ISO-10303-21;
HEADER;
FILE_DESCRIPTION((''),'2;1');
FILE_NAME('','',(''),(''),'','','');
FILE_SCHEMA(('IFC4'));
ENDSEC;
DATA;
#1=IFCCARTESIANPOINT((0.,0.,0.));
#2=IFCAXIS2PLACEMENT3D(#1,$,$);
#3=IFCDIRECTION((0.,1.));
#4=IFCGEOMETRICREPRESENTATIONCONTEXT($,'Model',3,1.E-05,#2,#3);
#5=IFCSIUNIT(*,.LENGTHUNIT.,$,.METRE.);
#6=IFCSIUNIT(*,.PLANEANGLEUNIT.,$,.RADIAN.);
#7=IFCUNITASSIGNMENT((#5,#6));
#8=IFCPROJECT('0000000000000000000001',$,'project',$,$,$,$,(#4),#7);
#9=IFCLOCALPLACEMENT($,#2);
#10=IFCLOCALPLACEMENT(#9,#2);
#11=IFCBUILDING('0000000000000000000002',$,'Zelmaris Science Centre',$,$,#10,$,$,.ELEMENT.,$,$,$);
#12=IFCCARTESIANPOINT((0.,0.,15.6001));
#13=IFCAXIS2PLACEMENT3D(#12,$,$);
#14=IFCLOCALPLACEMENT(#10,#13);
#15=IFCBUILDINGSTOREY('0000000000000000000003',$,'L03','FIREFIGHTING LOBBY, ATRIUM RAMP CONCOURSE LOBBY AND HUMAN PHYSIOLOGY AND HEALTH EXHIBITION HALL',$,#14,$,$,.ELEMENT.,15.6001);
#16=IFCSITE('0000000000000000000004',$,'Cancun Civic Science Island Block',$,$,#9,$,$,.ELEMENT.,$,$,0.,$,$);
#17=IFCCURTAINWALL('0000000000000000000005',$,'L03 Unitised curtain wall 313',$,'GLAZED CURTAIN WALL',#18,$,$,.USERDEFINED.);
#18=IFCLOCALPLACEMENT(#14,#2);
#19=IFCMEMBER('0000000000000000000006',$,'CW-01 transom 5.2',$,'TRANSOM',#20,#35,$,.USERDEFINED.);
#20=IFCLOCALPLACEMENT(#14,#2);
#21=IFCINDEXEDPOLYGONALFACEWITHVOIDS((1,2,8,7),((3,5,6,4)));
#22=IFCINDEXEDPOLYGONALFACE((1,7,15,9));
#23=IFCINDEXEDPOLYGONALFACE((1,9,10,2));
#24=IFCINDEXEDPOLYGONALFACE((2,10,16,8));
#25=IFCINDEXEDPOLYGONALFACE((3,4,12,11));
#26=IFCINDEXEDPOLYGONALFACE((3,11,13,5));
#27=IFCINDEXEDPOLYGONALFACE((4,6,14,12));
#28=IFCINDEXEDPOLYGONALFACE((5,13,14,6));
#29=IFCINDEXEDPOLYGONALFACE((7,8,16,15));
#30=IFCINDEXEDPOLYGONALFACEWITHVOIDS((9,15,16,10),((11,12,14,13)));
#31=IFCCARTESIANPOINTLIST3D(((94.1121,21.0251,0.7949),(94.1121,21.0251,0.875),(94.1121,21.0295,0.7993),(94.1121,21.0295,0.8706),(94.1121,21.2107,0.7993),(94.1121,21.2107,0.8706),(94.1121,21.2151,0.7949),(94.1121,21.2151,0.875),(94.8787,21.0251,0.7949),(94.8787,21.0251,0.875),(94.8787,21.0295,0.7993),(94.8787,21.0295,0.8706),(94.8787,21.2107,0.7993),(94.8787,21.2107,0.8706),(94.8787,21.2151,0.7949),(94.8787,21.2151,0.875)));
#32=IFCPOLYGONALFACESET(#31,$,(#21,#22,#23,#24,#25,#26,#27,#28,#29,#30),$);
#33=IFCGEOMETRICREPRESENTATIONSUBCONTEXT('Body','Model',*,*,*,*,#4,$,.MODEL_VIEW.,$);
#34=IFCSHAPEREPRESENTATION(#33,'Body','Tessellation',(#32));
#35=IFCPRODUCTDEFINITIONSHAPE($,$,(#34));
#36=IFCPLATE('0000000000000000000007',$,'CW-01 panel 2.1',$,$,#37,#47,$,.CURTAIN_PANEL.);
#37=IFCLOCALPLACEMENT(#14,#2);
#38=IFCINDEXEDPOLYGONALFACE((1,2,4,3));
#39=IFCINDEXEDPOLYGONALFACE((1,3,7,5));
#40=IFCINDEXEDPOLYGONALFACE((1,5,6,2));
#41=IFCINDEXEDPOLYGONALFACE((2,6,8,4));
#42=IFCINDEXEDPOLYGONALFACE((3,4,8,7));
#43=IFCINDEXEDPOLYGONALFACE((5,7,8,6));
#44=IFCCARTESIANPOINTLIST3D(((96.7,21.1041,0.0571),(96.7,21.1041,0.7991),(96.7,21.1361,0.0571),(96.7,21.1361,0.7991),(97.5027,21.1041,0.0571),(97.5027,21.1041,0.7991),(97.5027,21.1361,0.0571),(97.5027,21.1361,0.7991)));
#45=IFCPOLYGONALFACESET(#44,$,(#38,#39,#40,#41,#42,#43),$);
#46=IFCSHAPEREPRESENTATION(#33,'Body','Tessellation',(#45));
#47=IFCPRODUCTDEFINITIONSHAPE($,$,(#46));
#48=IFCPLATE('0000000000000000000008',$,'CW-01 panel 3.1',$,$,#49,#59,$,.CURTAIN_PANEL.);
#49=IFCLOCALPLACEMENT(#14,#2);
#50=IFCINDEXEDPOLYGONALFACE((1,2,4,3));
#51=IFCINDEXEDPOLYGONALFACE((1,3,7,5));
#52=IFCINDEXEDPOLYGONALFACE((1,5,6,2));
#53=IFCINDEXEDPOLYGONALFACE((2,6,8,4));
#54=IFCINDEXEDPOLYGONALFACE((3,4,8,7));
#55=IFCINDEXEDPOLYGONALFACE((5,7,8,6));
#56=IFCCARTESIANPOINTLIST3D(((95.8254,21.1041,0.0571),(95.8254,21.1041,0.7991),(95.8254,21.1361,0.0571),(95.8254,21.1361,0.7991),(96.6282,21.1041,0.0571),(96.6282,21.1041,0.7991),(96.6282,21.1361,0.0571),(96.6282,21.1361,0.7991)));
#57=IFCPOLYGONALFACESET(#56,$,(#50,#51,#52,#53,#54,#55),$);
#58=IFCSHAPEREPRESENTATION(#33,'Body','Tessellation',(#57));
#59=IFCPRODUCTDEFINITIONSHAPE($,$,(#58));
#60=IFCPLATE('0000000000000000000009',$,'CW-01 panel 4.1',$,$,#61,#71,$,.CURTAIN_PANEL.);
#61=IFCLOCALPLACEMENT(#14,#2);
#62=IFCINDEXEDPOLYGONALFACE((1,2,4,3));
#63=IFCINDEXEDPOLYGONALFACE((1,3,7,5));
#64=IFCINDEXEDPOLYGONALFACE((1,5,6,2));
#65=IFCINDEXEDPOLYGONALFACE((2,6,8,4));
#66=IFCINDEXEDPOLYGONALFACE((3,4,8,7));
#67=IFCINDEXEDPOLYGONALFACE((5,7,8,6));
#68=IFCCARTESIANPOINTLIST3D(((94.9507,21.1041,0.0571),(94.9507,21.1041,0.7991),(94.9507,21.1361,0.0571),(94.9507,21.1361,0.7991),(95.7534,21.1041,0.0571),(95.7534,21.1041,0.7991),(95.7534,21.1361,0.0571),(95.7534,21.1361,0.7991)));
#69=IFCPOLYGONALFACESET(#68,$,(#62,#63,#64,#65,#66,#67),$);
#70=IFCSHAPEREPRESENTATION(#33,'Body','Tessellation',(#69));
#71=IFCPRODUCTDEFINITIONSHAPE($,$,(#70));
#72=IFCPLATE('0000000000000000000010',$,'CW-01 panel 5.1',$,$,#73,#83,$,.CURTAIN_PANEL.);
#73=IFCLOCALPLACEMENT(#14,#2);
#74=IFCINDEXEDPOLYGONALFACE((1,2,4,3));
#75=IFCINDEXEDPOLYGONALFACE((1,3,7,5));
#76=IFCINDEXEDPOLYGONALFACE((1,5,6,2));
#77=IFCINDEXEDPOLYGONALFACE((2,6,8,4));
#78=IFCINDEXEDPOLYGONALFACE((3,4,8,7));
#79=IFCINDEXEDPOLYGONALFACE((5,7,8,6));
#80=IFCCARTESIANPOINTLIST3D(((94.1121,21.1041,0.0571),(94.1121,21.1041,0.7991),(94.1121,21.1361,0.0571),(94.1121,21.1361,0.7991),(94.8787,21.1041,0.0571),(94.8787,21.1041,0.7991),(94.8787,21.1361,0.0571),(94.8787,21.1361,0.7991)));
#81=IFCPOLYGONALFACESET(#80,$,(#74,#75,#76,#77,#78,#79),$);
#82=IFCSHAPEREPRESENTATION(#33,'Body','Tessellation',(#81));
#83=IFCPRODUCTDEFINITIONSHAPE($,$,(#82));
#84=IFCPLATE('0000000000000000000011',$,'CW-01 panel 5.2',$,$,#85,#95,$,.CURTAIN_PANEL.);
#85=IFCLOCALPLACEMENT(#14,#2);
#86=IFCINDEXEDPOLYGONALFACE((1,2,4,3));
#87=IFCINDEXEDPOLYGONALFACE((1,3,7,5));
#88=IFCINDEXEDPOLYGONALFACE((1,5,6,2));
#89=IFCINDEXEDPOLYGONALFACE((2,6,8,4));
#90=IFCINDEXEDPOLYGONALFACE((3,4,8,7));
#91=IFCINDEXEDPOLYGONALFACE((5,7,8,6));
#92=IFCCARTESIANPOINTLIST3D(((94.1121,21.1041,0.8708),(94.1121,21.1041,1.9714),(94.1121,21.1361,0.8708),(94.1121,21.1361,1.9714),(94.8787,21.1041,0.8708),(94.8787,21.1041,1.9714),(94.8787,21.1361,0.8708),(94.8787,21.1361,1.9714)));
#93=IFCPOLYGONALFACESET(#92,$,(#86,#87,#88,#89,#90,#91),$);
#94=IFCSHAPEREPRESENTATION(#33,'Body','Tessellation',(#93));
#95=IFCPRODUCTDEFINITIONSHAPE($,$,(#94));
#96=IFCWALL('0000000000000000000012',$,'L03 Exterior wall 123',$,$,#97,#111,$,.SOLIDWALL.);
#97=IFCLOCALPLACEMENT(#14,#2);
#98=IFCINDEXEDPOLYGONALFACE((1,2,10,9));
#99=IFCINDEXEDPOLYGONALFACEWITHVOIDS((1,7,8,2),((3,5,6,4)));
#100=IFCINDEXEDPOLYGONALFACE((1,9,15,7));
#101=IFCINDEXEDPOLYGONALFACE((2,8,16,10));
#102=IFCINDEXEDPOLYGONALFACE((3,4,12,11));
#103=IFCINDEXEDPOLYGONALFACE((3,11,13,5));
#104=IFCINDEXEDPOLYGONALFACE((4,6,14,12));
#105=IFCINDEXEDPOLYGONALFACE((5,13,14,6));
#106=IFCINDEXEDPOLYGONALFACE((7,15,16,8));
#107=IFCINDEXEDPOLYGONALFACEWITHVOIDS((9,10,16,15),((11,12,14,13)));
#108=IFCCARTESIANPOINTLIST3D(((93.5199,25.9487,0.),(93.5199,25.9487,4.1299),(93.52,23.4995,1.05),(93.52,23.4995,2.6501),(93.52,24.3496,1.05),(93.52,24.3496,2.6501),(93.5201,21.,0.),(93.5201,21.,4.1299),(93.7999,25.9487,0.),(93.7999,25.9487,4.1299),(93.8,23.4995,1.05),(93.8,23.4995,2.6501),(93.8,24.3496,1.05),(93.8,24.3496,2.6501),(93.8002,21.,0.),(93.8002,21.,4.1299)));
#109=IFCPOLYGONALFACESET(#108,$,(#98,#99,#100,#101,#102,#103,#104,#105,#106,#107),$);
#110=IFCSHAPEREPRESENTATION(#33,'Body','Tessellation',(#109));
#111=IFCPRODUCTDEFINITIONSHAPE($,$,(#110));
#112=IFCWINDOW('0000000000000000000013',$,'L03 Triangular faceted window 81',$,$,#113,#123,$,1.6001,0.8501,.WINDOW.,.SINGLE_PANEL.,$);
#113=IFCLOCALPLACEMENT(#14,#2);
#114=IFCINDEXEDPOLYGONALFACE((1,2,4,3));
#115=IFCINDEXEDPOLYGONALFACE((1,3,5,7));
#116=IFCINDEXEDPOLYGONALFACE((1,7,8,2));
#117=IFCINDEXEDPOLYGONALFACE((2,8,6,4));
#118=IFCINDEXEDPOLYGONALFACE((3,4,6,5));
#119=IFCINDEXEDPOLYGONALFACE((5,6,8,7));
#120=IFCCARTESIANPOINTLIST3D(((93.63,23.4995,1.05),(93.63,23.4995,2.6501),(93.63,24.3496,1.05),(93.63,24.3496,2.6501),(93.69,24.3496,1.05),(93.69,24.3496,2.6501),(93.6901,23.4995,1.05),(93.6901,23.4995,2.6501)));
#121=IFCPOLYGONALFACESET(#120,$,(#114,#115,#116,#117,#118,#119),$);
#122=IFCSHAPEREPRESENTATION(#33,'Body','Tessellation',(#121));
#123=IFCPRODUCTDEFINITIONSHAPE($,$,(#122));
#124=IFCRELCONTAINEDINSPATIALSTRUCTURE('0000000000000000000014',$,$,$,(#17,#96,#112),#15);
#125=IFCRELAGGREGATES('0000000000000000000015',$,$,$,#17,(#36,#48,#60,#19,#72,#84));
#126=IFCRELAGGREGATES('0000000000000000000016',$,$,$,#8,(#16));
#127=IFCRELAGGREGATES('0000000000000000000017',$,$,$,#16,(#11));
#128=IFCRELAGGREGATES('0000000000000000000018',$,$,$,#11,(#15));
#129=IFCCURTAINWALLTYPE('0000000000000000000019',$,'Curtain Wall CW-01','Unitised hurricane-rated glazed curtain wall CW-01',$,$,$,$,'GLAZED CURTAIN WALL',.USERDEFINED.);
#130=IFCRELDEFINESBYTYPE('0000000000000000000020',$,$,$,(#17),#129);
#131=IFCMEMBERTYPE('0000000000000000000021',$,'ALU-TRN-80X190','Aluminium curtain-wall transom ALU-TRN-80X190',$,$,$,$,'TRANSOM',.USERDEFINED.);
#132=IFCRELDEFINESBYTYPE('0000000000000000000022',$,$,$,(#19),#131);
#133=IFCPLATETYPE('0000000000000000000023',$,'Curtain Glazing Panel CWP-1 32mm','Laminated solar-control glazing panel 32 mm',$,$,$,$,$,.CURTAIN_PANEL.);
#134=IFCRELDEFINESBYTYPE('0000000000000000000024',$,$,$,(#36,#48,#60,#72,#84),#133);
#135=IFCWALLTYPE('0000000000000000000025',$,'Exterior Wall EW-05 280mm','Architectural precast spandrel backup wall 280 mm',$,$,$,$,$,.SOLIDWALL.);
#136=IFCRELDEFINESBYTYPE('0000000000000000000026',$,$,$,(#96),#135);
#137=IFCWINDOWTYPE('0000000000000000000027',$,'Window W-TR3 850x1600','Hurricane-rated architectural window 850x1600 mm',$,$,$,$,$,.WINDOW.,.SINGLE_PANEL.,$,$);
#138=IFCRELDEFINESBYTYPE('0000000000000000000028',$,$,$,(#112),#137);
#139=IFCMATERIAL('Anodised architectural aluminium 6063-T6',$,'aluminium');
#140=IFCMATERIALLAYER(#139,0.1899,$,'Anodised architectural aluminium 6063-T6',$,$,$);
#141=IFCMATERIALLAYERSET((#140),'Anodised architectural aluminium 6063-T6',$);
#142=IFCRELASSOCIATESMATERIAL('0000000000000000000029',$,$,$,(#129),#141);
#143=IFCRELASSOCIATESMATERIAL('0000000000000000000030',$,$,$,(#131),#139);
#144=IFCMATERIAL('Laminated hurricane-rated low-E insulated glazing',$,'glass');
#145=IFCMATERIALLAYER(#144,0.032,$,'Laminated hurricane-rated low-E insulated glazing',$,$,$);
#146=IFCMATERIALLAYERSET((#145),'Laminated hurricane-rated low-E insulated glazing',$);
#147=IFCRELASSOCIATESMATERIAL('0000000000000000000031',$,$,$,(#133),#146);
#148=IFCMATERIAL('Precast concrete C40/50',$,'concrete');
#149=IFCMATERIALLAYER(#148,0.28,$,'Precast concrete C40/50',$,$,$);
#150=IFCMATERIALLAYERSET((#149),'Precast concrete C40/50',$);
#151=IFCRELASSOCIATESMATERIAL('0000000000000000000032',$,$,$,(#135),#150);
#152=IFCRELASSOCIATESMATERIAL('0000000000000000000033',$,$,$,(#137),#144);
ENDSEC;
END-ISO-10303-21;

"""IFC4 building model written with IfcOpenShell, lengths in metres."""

from ifc_helpers import new_model, si_unit, direction, frame, frame_2d, origin, origin_2d, place, context, subcontext, project, spatial, rectangle, hollow_rectangle, extrude, material, layer, layer_set, material_profile, profile_set, type_object, element, fill, aggregate, save


model = new_model("IFC4")

# Units and contexts
model_context = context("Model", 3, precision=1e-05, world=origin(), true_north=direction((0.0, 1.0)))
body_context = subcontext(model_context, "Body", "Model", "MODEL_VIEW")
ifc_project = project(units=[si_unit("LENGTHUNIT", "METRE"), si_unit("PLANEANGLEUNIT", "RADIAN")], contexts=[model_context])

# Site, building, storey
site_placement = place(None, origin())
site = spatial("IfcSite", under=ifc_project, at=site_placement, Name="Cancun Civic Science Island Block", CompositionType="ELEMENT", RefElevation=0.0)
building_placement = place(site_placement, origin())
building = spatial("IfcBuilding", under=site, at=building_placement, Name="Zelmaris Science Centre", CompositionType="ELEMENT")
storey_placement = place(building_placement, frame((0.0, 0.0, 15.6001)))
storey = spatial("IfcBuildingStorey", under=building, at=storey_placement, Name="L03", Description="FIREFIGHTING LOBBY, ATRIUM RAMP CONCOURSE LOBBY AND HUMAN PHYSIOLOGY AND HEALTH EXHIBITION HALL", CompositionType="ELEMENT", Elevation=15.6001)

# Curtain wall, member, plates
ifc_material_1 = material(Name="Anodised architectural aluminium 6063-T6", Category="aluminium")
ifc_layer_1 = layer(ifc_material_1, 0.1899, Name="Anodised architectural aluminium 6063-T6")
ifc_layer_set_1 = layer_set([ifc_layer_1], Name="Anodised architectural aluminium 6063-T6")
curtain_wall_type = type_object("IfcCurtainWallType", Name="Curtain Wall CW-01", Description="Unitised hurricane-rated glazed curtain wall CW-01", ElementType="GLAZED CURTAIN WALL", PredefinedType="USERDEFINED", material=ifc_layer_set_1)
curtain_wall_placement = place(storey_placement, origin())
curtain_wall = element("IfcCurtainWall", 1, at=curtain_wall_placement, inside=storey, type_object=curtain_wall_type, Name="L03 Unitised curtain wall 313", ObjectType="GLAZED CURTAIN WALL", PredefinedType="USERDEFINED")
ifc_material_profile_1 = material_profile(ifc_material_1, hollow_rectangle(XDim=0.0801, YDim=0.1899, WallThickness=0.0044, at=origin_2d()), Name="ALU-TRN-80X190")
ifc_profile_set_1 = profile_set([ifc_material_profile_1], Name="Anodised architectural aluminium 6063-T6")
member_type_1 = type_object("IfcMemberType", Name="ALU-TRN-80X190", Description="Aluminium curtain-wall transom ALU-TRN-80X190", ElementType="TRANSOM", PredefinedType="USERDEFINED", material=ifc_profile_set_1)
member_1_placement = place(storey_placement, frame((94.8787, 21.1201, 0.835), z_axis=(-1.0, 0.0, 0.0), x_axis=(0.0, 0.0, 1.0)))
member_1 = element("IfcMember", 2, at=member_1_placement, type_object=member_type_1, Name="CW-01 transom 5.2", ObjectType="TRANSOM", PredefinedType="USERDEFINED", context=body_context, shape_type="SweptSolid", body=[
    extrude(hollow_rectangle(XDim=0.0801, YDim=0.1899, WallThickness=0.0044, at=origin_2d()), origin(), (0.0, 0.0, 1.0), 0.7666),
])
ifc_material_2 = material(Name="Laminated hurricane-rated low-E insulated glazing", Category="glass")
ifc_layer_2 = layer(ifc_material_2, 0.032, Name="Laminated hurricane-rated low-E insulated glazing")
ifc_layer_set_2 = layer_set([ifc_layer_2], Name="Laminated hurricane-rated low-E insulated glazing")
plate_type = type_object("IfcPlateType", Name="Curtain Glazing Panel CWP-1 32mm", Description="Laminated solar-control glazing panel 32 mm", PredefinedType="CURTAIN_PANEL", material=ifc_layer_set_2)
plate_1_placement = place(storey_placement, frame((97.1013, 21.1201, 0.0571), z_axis=(0.0, 0.0, 1.0), x_axis=(-1.0, 0.000023, 0.0)))
plate_1 = element("IfcPlate", 3, at=plate_1_placement, type_object=plate_type, Name="CW-01 panel 2.1", PredefinedType="CURTAIN_PANEL", context=body_context, shape_type="SweptSolid", body=[
    extrude(rectangle(XDim=0.8027, YDim=0.032, at=origin_2d()), origin(), (0.0, 0.0, 1.0), 0.7419),
])
plate_2_placement = place(storey_placement, frame((96.2268, 21.1201, 0.0571), z_axis=(0.0, 0.0, 1.0), x_axis=(-1.0, 0.000023, 0.0)))
plate_2 = element("IfcPlate", 4, at=plate_2_placement, type_object=plate_type, Name="CW-01 panel 3.1", PredefinedType="CURTAIN_PANEL", context=body_context, shape_type="SweptSolid", body=[
    extrude(rectangle(XDim=0.8027, YDim=0.032, at=origin_2d()), origin(), (0.0, 0.0, 1.0), 0.7419),
])
plate_3_placement = place(storey_placement, frame((95.3521, 21.1201, 0.0571), z_axis=(0.0, 0.0, 1.0), x_axis=(-1.0, 0.000023, 0.0)))
plate_3 = element("IfcPlate", 5, at=plate_3_placement, type_object=plate_type, Name="CW-01 panel 4.1", PredefinedType="CURTAIN_PANEL", context=body_context, shape_type="SweptSolid", body=[
    extrude(rectangle(XDim=0.8027, YDim=0.032, at=origin_2d()), origin(), (0.0, 0.0, 1.0), 0.7419),
])
plate_4_placement = place(storey_placement, frame((94.4954, 21.1201, 0.0571), z_axis=(0.0, 0.0, 1.0), x_axis=(-1.0, 0.000023, 0.0)))
plate_4 = element("IfcPlate", 6, at=plate_4_placement, type_object=plate_type, Name="CW-01 panel 5.1", PredefinedType="CURTAIN_PANEL", context=body_context, shape_type="SweptSolid", body=[
    extrude(rectangle(XDim=0.7666, YDim=0.032, at=origin_2d()), origin(), (0.0, 0.0, 1.0), 0.7419),
])
plate_5_placement = place(storey_placement, frame((94.4954, 21.1201, 0.8708), z_axis=(0.0, 0.0, 1.0), x_axis=(-1.0, 0.000023, 0.0)))
plate_5 = element("IfcPlate", 7, at=plate_5_placement, type_object=plate_type, Name="CW-01 panel 5.2", PredefinedType="CURTAIN_PANEL", context=body_context, shape_type="SweptSolid", body=[
    extrude(rectangle(XDim=0.7666, YDim=0.032, at=origin_2d()), origin(), (0.0, 0.0, 1.0), 1.1006),
])
aggregate(curtain_wall, [plate_1, plate_2, plate_3, member_1, plate_4, plate_5])

# Wall, opening, window
ifc_material_3 = material(Name="Precast concrete C40/50", Category="concrete")
ifc_layer_3 = layer(ifc_material_3, 0.28, Name="Precast concrete C40/50")
ifc_layer_set_3 = layer_set([ifc_layer_3], Name="Precast concrete C40/50")
wall_type = type_object("IfcWallType", Name="Exterior Wall EW-05 280mm", Description="Architectural precast spandrel backup wall 280 mm", PredefinedType="SOLIDWALL", material=ifc_layer_set_3)
wall_placement = place(storey_placement, frame((93.6602, 21.0, 0.0), z_axis=(0.0, 0.0, 1.0), x_axis=(-0.000049, 1.0, 0.0)))
wall = element("IfcWall", 8, at=wall_placement, inside=storey, type_object=wall_type, Name="L03 Exterior wall 123", PredefinedType="SOLIDWALL", context=body_context, shape_type="SweptSolid", body=[
    extrude(rectangle(XDim=4.9487, YDim=0.28, at=frame_2d((2.4744, 0.0))), origin(), (0.0, 0.0, 1.0), 4.1299),
])
opening_placement = place(wall_placement, frame((2.4995, 0.0, 1.05)))
opening = element("IfcOpeningElement", 9, at=opening_placement, cuts=wall, PredefinedType="OPENING", context=body_context, shape_type="SweptSolid", body=[
    extrude(rectangle(XDim=0.8501, YDim=1.6001, at=frame_2d((0.425, 0.8))), frame((0.0, 0.1499, 0.0), z_axis=(0.0, -1.0, 0.0), x_axis=(1.0, 0.0, 0.0)), (0.0, 0.0, 1.0), 0.3),
])
window_type = type_object("IfcWindowType", Name="Window W-TR3 850x1600", Description="Hurricane-rated architectural window 850x1600 mm", PartitioningType="SINGLE_PANEL", PredefinedType="WINDOW", material=ifc_material_2)
window_placement = place(opening_placement, origin())
window = element("IfcWindow", 10, at=window_placement, inside=storey, type_object=window_type, Name="L03 Triangular faceted window 81", OverallHeight=1.6001, OverallWidth=0.8501, PartitioningType="SINGLE_PANEL", PredefinedType="WINDOW", context=body_context, shape_type="SweptSolid", body=[
    extrude(rectangle(XDim=0.8501, YDim=1.6001, at=frame_2d((0.425, 0.8))), frame((0.0, 0.03, 0.0), z_axis=(0.0, -1.0, 0.0), x_axis=(1.0, 0.0, 0.0)), (0.0, 0.0, 1.0), 0.0601),
])
fill(opening, window)

save(model, "model.ifc")
